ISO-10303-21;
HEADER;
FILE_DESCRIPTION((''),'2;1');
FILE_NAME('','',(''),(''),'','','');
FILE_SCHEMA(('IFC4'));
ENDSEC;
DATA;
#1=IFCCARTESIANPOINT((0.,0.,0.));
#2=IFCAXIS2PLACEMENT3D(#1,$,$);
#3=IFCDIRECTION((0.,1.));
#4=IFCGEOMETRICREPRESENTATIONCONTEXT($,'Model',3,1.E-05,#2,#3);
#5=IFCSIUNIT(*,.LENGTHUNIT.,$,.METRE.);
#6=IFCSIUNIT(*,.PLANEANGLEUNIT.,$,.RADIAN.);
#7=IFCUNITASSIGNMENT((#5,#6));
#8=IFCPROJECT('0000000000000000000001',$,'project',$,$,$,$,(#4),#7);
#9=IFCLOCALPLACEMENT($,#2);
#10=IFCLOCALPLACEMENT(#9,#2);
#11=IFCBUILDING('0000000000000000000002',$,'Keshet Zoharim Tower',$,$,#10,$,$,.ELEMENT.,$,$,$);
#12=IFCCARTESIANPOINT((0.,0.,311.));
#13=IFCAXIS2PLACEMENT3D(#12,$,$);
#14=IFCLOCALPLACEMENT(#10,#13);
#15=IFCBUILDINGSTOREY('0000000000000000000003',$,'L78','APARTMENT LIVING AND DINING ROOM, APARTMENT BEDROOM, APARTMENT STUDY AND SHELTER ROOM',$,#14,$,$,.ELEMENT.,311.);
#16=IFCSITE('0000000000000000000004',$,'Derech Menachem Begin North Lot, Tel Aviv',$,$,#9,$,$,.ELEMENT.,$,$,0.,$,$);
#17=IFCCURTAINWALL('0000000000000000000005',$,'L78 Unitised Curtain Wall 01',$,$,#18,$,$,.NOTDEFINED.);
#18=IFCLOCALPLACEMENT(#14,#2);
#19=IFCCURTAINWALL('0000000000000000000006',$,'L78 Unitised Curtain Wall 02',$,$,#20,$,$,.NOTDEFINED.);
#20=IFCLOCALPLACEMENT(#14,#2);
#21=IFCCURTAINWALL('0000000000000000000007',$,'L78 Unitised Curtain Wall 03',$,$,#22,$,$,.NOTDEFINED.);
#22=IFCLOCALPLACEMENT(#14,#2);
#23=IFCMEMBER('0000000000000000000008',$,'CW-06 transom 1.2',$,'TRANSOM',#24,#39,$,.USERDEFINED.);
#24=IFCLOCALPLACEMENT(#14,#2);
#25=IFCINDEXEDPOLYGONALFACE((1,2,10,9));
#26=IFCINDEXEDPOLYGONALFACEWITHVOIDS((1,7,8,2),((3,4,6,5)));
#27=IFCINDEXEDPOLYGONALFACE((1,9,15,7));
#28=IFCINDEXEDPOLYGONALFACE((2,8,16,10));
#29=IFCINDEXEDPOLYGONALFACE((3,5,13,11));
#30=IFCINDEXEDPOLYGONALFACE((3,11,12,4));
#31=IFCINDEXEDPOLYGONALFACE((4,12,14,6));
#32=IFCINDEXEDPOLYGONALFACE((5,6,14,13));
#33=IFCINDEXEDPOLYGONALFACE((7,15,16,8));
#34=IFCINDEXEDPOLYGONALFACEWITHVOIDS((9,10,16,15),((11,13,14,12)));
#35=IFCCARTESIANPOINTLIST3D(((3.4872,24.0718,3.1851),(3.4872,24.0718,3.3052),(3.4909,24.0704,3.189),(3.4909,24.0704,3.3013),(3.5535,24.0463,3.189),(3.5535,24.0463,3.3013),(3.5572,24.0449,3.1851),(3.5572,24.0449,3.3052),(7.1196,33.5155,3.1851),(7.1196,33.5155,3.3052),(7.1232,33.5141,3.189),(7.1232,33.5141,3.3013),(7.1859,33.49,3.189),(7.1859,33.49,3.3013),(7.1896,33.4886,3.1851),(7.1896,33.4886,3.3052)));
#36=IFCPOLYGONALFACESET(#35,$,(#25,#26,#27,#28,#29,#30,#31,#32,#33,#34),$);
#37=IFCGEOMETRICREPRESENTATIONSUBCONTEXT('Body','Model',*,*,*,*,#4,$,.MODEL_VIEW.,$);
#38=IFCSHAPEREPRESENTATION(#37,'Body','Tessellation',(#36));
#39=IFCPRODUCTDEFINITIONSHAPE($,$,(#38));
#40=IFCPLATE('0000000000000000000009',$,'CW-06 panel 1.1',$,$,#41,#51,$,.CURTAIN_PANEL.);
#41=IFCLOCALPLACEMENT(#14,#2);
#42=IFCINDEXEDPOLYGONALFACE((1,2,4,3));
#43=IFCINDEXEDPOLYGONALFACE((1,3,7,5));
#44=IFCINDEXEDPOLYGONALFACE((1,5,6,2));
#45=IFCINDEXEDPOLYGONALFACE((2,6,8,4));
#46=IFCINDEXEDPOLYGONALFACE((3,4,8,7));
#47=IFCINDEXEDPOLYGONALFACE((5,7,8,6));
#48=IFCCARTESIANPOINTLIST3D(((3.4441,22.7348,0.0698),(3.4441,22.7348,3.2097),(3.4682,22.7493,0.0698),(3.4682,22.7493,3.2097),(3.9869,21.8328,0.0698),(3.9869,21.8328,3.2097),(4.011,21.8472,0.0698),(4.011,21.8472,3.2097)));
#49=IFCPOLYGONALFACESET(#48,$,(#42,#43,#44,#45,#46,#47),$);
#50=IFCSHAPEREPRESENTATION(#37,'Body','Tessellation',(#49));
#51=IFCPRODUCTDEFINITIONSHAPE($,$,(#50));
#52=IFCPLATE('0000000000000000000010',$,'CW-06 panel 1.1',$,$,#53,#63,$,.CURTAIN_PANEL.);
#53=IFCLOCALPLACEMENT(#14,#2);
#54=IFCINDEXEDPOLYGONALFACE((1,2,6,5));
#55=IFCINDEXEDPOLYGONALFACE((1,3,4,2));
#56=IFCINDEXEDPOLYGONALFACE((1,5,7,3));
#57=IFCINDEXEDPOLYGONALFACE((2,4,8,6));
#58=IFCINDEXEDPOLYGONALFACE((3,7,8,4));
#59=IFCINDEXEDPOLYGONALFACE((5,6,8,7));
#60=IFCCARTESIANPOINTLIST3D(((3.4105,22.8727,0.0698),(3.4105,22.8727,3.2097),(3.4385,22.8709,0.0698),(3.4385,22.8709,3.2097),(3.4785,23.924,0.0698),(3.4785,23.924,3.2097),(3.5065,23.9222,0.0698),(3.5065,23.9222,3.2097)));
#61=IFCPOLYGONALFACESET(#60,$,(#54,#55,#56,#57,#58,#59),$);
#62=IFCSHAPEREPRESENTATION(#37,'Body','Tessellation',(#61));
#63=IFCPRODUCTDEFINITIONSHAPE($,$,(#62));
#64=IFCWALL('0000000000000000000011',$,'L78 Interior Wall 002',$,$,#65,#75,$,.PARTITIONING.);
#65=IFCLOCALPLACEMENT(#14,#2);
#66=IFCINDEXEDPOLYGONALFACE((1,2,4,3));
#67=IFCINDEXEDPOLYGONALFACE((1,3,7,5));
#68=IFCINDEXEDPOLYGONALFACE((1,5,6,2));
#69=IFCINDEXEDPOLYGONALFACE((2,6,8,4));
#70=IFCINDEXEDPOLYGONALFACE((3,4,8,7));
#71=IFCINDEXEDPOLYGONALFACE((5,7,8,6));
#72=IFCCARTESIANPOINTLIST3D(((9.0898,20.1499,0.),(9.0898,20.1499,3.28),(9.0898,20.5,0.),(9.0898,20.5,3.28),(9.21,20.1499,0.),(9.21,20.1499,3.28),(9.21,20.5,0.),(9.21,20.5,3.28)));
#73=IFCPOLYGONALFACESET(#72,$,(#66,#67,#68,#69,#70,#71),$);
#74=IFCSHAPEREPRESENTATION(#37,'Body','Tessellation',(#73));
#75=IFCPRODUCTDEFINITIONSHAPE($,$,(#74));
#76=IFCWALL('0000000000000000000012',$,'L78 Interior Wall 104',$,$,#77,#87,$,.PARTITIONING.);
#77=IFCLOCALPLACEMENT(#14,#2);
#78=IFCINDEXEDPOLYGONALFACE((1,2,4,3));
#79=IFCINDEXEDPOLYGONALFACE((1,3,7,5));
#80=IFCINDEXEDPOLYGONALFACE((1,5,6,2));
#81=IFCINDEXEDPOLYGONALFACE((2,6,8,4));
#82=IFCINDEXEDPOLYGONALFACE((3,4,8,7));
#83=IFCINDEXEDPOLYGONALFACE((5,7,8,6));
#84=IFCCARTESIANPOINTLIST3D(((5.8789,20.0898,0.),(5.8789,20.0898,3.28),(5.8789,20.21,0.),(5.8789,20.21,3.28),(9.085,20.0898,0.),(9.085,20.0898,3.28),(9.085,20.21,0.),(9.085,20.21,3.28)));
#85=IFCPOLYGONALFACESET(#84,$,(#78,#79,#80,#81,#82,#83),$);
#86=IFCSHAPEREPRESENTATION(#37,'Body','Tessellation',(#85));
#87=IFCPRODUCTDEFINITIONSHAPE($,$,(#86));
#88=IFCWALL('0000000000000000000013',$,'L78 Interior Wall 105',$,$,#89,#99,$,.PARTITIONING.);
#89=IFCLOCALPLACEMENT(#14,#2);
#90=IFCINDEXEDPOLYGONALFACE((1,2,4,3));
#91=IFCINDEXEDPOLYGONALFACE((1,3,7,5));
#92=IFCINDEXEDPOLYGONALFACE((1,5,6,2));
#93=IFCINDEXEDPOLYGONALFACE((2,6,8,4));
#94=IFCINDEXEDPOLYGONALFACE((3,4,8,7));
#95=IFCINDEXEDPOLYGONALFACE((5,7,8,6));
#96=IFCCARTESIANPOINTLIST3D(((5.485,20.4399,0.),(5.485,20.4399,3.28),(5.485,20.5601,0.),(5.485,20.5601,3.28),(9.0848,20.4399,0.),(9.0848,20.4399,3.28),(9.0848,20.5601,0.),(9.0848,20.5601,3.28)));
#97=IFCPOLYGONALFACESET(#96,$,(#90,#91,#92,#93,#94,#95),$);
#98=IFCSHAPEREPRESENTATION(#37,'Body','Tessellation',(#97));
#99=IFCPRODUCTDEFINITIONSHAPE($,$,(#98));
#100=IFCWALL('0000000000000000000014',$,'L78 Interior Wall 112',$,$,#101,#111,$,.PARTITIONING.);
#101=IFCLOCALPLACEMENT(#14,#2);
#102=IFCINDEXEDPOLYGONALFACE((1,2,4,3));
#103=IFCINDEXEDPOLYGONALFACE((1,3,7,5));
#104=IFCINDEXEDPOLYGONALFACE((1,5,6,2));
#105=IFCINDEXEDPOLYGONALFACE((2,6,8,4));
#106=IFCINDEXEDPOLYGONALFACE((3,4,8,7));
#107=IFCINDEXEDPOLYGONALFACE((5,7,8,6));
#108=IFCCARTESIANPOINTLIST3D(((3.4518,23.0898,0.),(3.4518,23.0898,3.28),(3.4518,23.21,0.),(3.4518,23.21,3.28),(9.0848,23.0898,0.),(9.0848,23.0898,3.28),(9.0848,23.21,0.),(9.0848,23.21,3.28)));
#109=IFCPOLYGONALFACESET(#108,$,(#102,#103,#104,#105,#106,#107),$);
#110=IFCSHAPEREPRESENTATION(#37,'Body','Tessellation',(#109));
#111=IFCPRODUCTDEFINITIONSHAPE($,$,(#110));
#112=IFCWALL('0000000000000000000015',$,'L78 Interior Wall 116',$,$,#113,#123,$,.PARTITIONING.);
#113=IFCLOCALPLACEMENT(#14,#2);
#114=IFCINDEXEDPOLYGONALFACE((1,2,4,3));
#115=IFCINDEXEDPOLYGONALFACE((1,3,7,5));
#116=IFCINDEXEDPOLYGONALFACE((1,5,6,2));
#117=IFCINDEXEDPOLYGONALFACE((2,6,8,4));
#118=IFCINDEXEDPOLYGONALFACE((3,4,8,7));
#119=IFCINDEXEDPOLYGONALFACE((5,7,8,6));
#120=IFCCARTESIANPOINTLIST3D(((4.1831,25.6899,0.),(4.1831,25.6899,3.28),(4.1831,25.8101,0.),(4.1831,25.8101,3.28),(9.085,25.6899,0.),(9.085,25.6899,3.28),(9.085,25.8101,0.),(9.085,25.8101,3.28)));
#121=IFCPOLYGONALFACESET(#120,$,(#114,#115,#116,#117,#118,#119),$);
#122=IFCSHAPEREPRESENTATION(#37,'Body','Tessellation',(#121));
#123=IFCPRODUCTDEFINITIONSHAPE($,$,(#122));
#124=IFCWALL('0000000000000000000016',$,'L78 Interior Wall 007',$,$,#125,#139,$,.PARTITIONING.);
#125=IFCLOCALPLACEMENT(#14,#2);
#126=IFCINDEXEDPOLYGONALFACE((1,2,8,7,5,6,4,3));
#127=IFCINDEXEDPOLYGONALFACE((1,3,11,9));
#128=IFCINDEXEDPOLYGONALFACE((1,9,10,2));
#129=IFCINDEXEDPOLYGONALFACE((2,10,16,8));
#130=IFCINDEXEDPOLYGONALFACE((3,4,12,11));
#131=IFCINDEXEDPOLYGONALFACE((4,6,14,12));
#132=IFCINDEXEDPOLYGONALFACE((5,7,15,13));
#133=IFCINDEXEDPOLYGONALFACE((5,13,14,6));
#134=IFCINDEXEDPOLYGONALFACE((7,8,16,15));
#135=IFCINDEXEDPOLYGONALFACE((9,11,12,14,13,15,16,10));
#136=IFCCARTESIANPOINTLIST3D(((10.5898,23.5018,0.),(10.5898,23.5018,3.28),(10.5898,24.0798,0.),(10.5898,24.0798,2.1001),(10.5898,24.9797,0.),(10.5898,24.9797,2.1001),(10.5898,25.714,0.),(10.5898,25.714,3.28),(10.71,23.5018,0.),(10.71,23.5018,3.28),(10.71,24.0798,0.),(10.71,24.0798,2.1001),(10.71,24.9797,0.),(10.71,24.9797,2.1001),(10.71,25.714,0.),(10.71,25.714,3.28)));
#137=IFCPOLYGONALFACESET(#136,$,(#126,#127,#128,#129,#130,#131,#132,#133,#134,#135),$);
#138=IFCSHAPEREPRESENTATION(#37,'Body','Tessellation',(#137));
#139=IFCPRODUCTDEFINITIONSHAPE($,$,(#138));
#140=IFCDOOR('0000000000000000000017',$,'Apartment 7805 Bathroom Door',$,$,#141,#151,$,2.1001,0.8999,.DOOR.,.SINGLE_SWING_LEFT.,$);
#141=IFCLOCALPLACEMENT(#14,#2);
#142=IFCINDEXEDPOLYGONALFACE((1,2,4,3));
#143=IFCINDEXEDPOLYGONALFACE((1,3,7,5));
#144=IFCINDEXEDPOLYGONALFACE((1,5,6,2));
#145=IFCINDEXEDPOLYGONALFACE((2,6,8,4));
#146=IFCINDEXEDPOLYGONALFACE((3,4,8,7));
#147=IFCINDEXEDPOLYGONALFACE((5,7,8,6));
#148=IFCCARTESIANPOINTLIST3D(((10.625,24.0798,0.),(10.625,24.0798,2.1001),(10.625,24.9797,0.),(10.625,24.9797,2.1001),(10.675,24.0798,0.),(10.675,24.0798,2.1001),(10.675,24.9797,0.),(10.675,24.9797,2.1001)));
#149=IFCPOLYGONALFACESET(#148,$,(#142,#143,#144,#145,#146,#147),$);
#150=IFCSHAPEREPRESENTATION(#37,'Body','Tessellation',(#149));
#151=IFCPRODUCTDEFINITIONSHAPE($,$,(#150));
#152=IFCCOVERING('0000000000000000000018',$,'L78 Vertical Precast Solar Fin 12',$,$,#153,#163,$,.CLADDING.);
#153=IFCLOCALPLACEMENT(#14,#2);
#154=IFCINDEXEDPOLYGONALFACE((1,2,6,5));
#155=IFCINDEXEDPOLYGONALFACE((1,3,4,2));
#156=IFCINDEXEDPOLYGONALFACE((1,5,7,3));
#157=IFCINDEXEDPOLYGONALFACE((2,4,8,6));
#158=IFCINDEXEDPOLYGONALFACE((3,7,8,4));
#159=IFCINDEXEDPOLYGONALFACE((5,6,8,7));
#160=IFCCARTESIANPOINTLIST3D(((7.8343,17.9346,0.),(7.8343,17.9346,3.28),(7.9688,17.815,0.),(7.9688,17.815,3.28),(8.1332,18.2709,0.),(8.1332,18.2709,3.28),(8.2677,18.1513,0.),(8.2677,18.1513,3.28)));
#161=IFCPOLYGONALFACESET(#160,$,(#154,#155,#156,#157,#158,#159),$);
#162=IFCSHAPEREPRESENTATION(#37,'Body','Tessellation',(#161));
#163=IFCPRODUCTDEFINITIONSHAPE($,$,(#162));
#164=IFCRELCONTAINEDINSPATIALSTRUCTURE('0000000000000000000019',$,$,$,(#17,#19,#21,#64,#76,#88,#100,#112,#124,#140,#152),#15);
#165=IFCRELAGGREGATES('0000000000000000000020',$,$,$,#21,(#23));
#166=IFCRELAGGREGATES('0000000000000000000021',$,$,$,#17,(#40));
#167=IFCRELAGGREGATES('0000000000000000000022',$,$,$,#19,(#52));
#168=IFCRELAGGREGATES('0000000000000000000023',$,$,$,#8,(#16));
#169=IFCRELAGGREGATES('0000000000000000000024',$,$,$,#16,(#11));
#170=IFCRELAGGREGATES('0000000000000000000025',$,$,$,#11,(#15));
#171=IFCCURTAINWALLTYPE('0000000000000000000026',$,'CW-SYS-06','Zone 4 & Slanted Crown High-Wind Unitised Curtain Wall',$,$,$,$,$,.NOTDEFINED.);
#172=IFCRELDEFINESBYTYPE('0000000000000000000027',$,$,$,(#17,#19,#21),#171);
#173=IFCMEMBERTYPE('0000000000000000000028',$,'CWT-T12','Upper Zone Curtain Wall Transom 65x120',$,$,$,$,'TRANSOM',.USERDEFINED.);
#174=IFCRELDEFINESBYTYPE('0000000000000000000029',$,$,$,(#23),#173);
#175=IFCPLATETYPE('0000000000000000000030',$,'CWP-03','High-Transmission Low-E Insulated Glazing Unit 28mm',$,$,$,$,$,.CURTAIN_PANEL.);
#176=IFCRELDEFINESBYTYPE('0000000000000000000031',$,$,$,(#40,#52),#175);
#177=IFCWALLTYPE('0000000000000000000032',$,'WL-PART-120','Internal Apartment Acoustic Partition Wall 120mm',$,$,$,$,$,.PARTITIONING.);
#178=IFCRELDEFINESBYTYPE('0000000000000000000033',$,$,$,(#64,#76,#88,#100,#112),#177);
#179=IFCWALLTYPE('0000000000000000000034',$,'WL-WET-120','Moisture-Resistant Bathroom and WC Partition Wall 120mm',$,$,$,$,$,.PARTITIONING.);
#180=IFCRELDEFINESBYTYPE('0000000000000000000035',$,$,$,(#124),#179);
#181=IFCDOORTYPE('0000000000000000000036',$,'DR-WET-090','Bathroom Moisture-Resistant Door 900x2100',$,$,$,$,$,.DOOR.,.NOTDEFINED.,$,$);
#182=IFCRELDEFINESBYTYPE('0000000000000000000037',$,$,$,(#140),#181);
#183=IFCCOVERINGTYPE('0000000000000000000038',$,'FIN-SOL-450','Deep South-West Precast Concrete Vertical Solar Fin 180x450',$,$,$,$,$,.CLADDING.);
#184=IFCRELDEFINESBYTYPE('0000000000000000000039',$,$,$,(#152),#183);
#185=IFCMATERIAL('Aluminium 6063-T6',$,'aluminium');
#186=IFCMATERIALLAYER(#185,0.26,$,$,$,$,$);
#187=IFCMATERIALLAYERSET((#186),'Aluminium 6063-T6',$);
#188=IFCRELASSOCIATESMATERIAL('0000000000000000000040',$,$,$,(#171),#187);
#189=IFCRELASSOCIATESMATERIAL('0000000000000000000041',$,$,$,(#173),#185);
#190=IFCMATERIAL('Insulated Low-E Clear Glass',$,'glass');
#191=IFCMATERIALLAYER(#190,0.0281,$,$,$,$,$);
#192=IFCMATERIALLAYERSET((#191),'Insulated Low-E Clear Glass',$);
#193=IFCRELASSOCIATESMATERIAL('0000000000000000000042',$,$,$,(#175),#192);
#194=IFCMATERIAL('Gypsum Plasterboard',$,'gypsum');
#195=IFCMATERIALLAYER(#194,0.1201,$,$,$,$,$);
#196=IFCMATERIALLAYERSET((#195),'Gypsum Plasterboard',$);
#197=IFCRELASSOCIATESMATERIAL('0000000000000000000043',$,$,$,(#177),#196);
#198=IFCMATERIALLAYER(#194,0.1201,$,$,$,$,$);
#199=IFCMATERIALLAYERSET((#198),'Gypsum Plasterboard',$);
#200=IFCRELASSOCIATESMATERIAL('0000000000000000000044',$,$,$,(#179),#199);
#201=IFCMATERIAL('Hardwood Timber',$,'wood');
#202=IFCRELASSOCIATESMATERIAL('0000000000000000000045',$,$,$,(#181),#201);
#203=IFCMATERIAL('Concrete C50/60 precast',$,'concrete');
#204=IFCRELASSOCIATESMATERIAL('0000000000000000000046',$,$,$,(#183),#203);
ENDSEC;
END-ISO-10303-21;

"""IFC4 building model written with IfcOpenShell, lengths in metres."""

from ifc_helpers import new_model, si_unit, direction, frame, frame_2d, origin, origin_2d, place, context, subcontext, project, spatial, rectangle, hollow_rectangle, extrude, material, layer, layer_set, material_profile, profile_set, type_object, element, fill, aggregate, save


model = new_model("IFC4")

# Units and contexts
model_context = context("Model", 3, precision=1e-05, world=origin(), true_north=direction((0.0, 1.0)))
body_context = subcontext(model_context, "Body", "Model", "MODEL_VIEW")
ifc_project = project(units=[si_unit("LENGTHUNIT", "METRE"), si_unit("PLANEANGLEUNIT", "RADIAN")], contexts=[model_context])

# Site, building, storey
site_placement = place(None, origin())
site = spatial("IfcSite", under=ifc_project, at=site_placement, Name="Derech Menachem Begin North Lot, Tel Aviv", CompositionType="ELEMENT", RefElevation=0.0)
building_placement = place(site_placement, origin())
building = spatial("IfcBuilding", under=site, at=building_placement, Name="Keshet Zoharim Tower", CompositionType="ELEMENT")
storey_placement = place(building_placement, frame((0.0, 0.0, 311.0)))
storey = spatial("IfcBuildingStorey", under=building, at=storey_placement, Name="L78", Description="APARTMENT LIVING AND DINING ROOM, APARTMENT BEDROOM, APARTMENT STUDY AND SHELTER ROOM", CompositionType="ELEMENT", Elevation=311.0)

# Curtain walls
ifc_material_1 = material(Name="Aluminium 6063-T6", Category="aluminium")
ifc_layer_1 = layer(ifc_material_1, 0.26)
ifc_layer_set_1 = layer_set([ifc_layer_1], Name="Aluminium 6063-T6")
curtain_wall_type = type_object("IfcCurtainWallType", Name="CW-SYS-06", Description="Zone 4 & Slanted Crown High-Wind Unitised Curtain Wall", PredefinedType="NOTDEFINED", material=ifc_layer_set_1)
curtain_wall_1_placement = place(storey_placement, origin())
curtain_wall_1 = element("IfcCurtainWall", 1, at=curtain_wall_1_placement, inside=storey, type_object=curtain_wall_type, Name="L78 Unitised Curtain Wall 01", PredefinedType="NOTDEFINED")
curtain_wall_2_placement = place(storey_placement, origin())
curtain_wall_2 = element("IfcCurtainWall", 2, at=curtain_wall_2_placement, inside=storey, type_object=curtain_wall_type, Name="L78 Unitised Curtain Wall 02", PredefinedType="NOTDEFINED")

# Curtain wall
curtain_wall_3_placement = place(storey_placement, origin())
curtain_wall_3 = element("IfcCurtainWall", 3, at=curtain_wall_3_placement, inside=storey, type_object=curtain_wall_type, Name="L78 Unitised Curtain Wall 03", PredefinedType="NOTDEFINED")

# Member
ifc_material_profile_1 = material_profile(ifc_material_1, hollow_rectangle(XDim=0.075, YDim=0.1201, WallThickness=0.0039, at=origin_2d()), Name="TRN-75x120")
ifc_profile_set_1 = profile_set([ifc_material_profile_1], Name="Aluminium 6063-T6")
member_type_1 = type_object("IfcMemberType", Name="CWT-T12", Description="Upper Zone Curtain Wall Transom 65x120", ElementType="TRANSOM", PredefinedType="USERDEFINED", material=ifc_profile_set_1)
member_1_placement = place(storey_placement, frame((3.5222, 24.0583, 3.2451), z_axis=(0.358994, 0.93334, 0.0), x_axis=(-0.93334, 0.358994, 0.0)))
member_1 = element("IfcMember", 4, at=member_1_placement, type_object=member_type_1, Name="CW-06 transom 1.2", ObjectType="TRANSOM", PredefinedType="USERDEFINED", context=body_context, shape_type="SweptSolid", body=[
    extrude(hollow_rectangle(XDim=0.075, YDim=0.1201, WallThickness=0.0039, at=origin_2d()), origin(), (0.0, 0.0, 1.0), 10.1182),
])
aggregate(curtain_wall_3, [member_1])

# Plates
ifc_material_2 = material(Name="Insulated Low-E Clear Glass", Category="glass")
ifc_layer_2 = layer(ifc_material_2, 0.0281)
ifc_layer_set_2 = layer_set([ifc_layer_2], Name="Insulated Low-E Clear Glass")
plate_type = type_object("IfcPlateType", Name="CWP-03", Description="High-Transmission Low-E Insulated Glazing Unit 28mm", PredefinedType="CURTAIN_PANEL", material=ifc_layer_set_2)
plate_1_placement = place(storey_placement, frame((3.7275, 22.291, 0.0698), z_axis=(0.0, 0.0, 1.0), x_axis=(-0.515605, 0.856826, 0.0)))
plate_1 = element("IfcPlate", 5, at=plate_1_placement, type_object=plate_type, Name="CW-06 panel 1.1", PredefinedType="CURTAIN_PANEL", context=body_context, shape_type="SweptSolid", body=[
    extrude(rectangle(XDim=1.0527, YDim=0.0281, at=origin_2d()), origin(), (0.0, 0.0, 1.0), 3.1399),
])
aggregate(curtain_wall_1, [plate_1])
plate_2_placement = place(storey_placement, frame((3.4585, 23.3975, 0.0698), z_axis=(0.0, 0.0, 1.0), x_axis=(0.064517, 0.997917, 0.0)))
plate_2 = element("IfcPlate", 6, at=plate_2_placement, type_object=plate_type, Name="CW-06 panel 1.1", PredefinedType="CURTAIN_PANEL", context=body_context, shape_type="SweptSolid", body=[
    extrude(rectangle(XDim=1.0535, YDim=0.0281, at=origin_2d()), origin(), (0.0, 0.0, 1.0), 3.1399),
])
aggregate(curtain_wall_2, [plate_2])

# Shared definitions
ifc_material_3 = material(Name="Hardwood Timber", Category="wood")

# Wall
ifc_material_4 = material(Name="Gypsum Plasterboard", Category="gypsum")
ifc_layer_3 = layer(ifc_material_4, 0.1201)
ifc_layer_set_3 = layer_set([ifc_layer_3], Name="Gypsum Plasterboard")
wall_type_1 = type_object("IfcWallType", Name="WL-PART-120", Description="Internal Apartment Acoustic Partition Wall 120mm", PredefinedType="PARTITIONING", material=ifc_layer_set_3)
wall_1_placement = place(storey_placement, frame((9.1499, 20.1499, 0.0), z_axis=(0.0, 0.0, 1.0), x_axis=(0.0, 1.0, 0.0)))
element("IfcWall", 7, at=wall_1_placement, inside=storey, type_object=wall_type_1, Name="L78 Interior Wall 002", PredefinedType="PARTITIONING", context=body_context, shape_type="SweptSolid", body=[
    extrude(rectangle(XDim=0.3501, YDim=0.1201, at=frame_2d((0.175, 0.0))), origin(), (0.0, 0.0, 1.0), 3.28),
])

# Walls
wall_2_placement = place(storey_placement, frame((5.8789, 20.1499, 0.0), z_axis=(0.0, 0.0, 1.0), x_axis=(1.0, 0.0, 0.0)))
element("IfcWall", 8, at=wall_2_placement, inside=storey, type_object=wall_type_1, Name="L78 Interior Wall 104", PredefinedType="PARTITIONING", context=body_context, shape_type="SweptSolid", body=[
    extrude(rectangle(XDim=3.2061, YDim=0.1201, at=frame_2d((1.603, 0.0))), origin(), (0.0, 0.0, 1.0), 3.28),
])
wall_3_placement = place(storey_placement, frame((5.4851, 20.5, 0.0), z_axis=(0.0, 0.0, 1.0), x_axis=(1.0, 0.0, 0.0)))
element("IfcWall", 9, at=wall_3_placement, inside=storey, type_object=wall_type_1, Name="L78 Interior Wall 105", PredefinedType="PARTITIONING", context=body_context, shape_type="SweptSolid", body=[
    extrude(rectangle(XDim=3.5999, YDim=0.1201, at=frame_2d((1.7998, 0.0))), origin(), (0.0, 0.0, 1.0), 3.28),
])
wall_4_placement = place(storey_placement, frame((3.4519, 23.1499, 0.0), z_axis=(0.0, 0.0, 1.0), x_axis=(1.0, 0.0, 0.0)))
element("IfcWall", 10, at=wall_4_placement, inside=storey, type_object=wall_type_1, Name="L78 Interior Wall 112", PredefinedType="PARTITIONING", context=body_context, shape_type="SweptSolid", body=[
    extrude(rectangle(XDim=5.6331, YDim=0.1201, at=frame_2d((2.8164, 0.0))), origin(), (0.0, 0.0, 1.0), 3.28),
])
wall_5_placement = place(storey_placement, frame((4.1831, 25.75, 0.0), z_axis=(0.0, 0.0, 1.0), x_axis=(1.0, 0.0, 0.0)))
element("IfcWall", 11, at=wall_5_placement, inside=storey, type_object=wall_type_1, Name="L78 Interior Wall 116", PredefinedType="PARTITIONING", context=body_context, shape_type="SweptSolid", body=[
    extrude(rectangle(XDim=4.9019, YDim=0.1201, at=frame_2d((2.4509, 0.0))), origin(), (0.0, 0.0, 1.0), 3.28),
])

# Wall, opening, door
ifc_layer_4 = layer(ifc_material_4, 0.1201)
ifc_layer_set_4 = layer_set([ifc_layer_4], Name="Gypsum Plasterboard")
wall_type_2 = type_object("IfcWallType", Name="WL-WET-120", Description="Moisture-Resistant Bathroom and WC Partition Wall 120mm", PredefinedType="PARTITIONING", material=ifc_layer_set_4)
wall_6_placement = place(storey_placement, frame((10.6499, 23.502, 0.0), z_axis=(0.0, 0.0, 1.0), x_axis=(0.0, 1.0, 0.0)))
wall_6 = element("IfcWall", 12, at=wall_6_placement, inside=storey, type_object=wall_type_2, Name="L78 Interior Wall 007", PredefinedType="PARTITIONING", context=body_context, shape_type="SweptSolid", body=[
    extrude(rectangle(XDim=2.2122, YDim=0.1201, at=frame_2d((1.106, 0.0))), origin(), (0.0, 0.0, 1.0), 3.28),
])
opening_1_placement = place(wall_6_placement, frame((0.5779, 0.0, 0.0)))
opening_1 = element("IfcOpeningElement", 13, at=opening_1_placement, cuts=wall_6, PredefinedType="OPENING", context=body_context, shape_type="SweptSolid", body=[
    extrude(rectangle(XDim=0.8999, YDim=2.1001, at=frame_2d((0.45, 1.05))), frame((0.0, 0.0701, 0.0), z_axis=(0.0, -1.0, 0.0), x_axis=(1.0, 0.0, 0.0)), (0.0, 0.0, 1.0), 0.1401),
])
door_type_1 = type_object("IfcDoorType", Name="DR-WET-090", Description="Bathroom Moisture-Resistant Door 900x2100", OperationType="NOTDEFINED", PredefinedType="DOOR", material=ifc_material_3)
door_1_placement = place(opening_1_placement, origin())
door_1 = element("IfcDoor", 14, at=door_1_placement, inside=storey, type_object=door_type_1, Name="Apartment 7805 Bathroom Door", OperationType="SINGLE_SWING_LEFT", OverallHeight=2.1001, OverallWidth=0.8999, PredefinedType="DOOR", context=body_context, shape_type="SweptSolid", body=[
    extrude(rectangle(XDim=0.8999, YDim=2.1001, at=frame_2d((0.45, 1.05))), frame((0.0, 0.0249, 0.0), z_axis=(0.0, -1.0, 0.0), x_axis=(1.0, 0.0, 0.0)), (0.0, 0.0, 1.0), 0.05),
])
fill(opening_1, door_1)

# Covering
ifc_material_5 = material(Name="Concrete C50/60 precast", Category="concrete")
covering_type = type_object("IfcCoveringType", Name="FIN-SOL-450", Description="Deep South-West Precast Concrete Vertical Solar Fin 180x450", PredefinedType="CLADDING", material=ifc_material_5)
covering_placement = place(storey_placement, frame((8.051, 18.043, 0.0), z_axis=(0.0, 0.0, 1.0), x_axis=(-0.747412, 0.664361, 0.0)))
element("IfcCovering", 15, at=covering_placement, inside=storey, type_object=covering_type, Name="L78 Vertical Precast Solar Fin 12", PredefinedType="CLADDING", context=body_context, shape_type="SweptSolid", body=[
    extrude(rectangle(XDim=0.1799, YDim=0.45, at=origin_2d()), origin(), (0.0, 0.0, 1.0), 3.28),
])

save(model, "model.ifc")
